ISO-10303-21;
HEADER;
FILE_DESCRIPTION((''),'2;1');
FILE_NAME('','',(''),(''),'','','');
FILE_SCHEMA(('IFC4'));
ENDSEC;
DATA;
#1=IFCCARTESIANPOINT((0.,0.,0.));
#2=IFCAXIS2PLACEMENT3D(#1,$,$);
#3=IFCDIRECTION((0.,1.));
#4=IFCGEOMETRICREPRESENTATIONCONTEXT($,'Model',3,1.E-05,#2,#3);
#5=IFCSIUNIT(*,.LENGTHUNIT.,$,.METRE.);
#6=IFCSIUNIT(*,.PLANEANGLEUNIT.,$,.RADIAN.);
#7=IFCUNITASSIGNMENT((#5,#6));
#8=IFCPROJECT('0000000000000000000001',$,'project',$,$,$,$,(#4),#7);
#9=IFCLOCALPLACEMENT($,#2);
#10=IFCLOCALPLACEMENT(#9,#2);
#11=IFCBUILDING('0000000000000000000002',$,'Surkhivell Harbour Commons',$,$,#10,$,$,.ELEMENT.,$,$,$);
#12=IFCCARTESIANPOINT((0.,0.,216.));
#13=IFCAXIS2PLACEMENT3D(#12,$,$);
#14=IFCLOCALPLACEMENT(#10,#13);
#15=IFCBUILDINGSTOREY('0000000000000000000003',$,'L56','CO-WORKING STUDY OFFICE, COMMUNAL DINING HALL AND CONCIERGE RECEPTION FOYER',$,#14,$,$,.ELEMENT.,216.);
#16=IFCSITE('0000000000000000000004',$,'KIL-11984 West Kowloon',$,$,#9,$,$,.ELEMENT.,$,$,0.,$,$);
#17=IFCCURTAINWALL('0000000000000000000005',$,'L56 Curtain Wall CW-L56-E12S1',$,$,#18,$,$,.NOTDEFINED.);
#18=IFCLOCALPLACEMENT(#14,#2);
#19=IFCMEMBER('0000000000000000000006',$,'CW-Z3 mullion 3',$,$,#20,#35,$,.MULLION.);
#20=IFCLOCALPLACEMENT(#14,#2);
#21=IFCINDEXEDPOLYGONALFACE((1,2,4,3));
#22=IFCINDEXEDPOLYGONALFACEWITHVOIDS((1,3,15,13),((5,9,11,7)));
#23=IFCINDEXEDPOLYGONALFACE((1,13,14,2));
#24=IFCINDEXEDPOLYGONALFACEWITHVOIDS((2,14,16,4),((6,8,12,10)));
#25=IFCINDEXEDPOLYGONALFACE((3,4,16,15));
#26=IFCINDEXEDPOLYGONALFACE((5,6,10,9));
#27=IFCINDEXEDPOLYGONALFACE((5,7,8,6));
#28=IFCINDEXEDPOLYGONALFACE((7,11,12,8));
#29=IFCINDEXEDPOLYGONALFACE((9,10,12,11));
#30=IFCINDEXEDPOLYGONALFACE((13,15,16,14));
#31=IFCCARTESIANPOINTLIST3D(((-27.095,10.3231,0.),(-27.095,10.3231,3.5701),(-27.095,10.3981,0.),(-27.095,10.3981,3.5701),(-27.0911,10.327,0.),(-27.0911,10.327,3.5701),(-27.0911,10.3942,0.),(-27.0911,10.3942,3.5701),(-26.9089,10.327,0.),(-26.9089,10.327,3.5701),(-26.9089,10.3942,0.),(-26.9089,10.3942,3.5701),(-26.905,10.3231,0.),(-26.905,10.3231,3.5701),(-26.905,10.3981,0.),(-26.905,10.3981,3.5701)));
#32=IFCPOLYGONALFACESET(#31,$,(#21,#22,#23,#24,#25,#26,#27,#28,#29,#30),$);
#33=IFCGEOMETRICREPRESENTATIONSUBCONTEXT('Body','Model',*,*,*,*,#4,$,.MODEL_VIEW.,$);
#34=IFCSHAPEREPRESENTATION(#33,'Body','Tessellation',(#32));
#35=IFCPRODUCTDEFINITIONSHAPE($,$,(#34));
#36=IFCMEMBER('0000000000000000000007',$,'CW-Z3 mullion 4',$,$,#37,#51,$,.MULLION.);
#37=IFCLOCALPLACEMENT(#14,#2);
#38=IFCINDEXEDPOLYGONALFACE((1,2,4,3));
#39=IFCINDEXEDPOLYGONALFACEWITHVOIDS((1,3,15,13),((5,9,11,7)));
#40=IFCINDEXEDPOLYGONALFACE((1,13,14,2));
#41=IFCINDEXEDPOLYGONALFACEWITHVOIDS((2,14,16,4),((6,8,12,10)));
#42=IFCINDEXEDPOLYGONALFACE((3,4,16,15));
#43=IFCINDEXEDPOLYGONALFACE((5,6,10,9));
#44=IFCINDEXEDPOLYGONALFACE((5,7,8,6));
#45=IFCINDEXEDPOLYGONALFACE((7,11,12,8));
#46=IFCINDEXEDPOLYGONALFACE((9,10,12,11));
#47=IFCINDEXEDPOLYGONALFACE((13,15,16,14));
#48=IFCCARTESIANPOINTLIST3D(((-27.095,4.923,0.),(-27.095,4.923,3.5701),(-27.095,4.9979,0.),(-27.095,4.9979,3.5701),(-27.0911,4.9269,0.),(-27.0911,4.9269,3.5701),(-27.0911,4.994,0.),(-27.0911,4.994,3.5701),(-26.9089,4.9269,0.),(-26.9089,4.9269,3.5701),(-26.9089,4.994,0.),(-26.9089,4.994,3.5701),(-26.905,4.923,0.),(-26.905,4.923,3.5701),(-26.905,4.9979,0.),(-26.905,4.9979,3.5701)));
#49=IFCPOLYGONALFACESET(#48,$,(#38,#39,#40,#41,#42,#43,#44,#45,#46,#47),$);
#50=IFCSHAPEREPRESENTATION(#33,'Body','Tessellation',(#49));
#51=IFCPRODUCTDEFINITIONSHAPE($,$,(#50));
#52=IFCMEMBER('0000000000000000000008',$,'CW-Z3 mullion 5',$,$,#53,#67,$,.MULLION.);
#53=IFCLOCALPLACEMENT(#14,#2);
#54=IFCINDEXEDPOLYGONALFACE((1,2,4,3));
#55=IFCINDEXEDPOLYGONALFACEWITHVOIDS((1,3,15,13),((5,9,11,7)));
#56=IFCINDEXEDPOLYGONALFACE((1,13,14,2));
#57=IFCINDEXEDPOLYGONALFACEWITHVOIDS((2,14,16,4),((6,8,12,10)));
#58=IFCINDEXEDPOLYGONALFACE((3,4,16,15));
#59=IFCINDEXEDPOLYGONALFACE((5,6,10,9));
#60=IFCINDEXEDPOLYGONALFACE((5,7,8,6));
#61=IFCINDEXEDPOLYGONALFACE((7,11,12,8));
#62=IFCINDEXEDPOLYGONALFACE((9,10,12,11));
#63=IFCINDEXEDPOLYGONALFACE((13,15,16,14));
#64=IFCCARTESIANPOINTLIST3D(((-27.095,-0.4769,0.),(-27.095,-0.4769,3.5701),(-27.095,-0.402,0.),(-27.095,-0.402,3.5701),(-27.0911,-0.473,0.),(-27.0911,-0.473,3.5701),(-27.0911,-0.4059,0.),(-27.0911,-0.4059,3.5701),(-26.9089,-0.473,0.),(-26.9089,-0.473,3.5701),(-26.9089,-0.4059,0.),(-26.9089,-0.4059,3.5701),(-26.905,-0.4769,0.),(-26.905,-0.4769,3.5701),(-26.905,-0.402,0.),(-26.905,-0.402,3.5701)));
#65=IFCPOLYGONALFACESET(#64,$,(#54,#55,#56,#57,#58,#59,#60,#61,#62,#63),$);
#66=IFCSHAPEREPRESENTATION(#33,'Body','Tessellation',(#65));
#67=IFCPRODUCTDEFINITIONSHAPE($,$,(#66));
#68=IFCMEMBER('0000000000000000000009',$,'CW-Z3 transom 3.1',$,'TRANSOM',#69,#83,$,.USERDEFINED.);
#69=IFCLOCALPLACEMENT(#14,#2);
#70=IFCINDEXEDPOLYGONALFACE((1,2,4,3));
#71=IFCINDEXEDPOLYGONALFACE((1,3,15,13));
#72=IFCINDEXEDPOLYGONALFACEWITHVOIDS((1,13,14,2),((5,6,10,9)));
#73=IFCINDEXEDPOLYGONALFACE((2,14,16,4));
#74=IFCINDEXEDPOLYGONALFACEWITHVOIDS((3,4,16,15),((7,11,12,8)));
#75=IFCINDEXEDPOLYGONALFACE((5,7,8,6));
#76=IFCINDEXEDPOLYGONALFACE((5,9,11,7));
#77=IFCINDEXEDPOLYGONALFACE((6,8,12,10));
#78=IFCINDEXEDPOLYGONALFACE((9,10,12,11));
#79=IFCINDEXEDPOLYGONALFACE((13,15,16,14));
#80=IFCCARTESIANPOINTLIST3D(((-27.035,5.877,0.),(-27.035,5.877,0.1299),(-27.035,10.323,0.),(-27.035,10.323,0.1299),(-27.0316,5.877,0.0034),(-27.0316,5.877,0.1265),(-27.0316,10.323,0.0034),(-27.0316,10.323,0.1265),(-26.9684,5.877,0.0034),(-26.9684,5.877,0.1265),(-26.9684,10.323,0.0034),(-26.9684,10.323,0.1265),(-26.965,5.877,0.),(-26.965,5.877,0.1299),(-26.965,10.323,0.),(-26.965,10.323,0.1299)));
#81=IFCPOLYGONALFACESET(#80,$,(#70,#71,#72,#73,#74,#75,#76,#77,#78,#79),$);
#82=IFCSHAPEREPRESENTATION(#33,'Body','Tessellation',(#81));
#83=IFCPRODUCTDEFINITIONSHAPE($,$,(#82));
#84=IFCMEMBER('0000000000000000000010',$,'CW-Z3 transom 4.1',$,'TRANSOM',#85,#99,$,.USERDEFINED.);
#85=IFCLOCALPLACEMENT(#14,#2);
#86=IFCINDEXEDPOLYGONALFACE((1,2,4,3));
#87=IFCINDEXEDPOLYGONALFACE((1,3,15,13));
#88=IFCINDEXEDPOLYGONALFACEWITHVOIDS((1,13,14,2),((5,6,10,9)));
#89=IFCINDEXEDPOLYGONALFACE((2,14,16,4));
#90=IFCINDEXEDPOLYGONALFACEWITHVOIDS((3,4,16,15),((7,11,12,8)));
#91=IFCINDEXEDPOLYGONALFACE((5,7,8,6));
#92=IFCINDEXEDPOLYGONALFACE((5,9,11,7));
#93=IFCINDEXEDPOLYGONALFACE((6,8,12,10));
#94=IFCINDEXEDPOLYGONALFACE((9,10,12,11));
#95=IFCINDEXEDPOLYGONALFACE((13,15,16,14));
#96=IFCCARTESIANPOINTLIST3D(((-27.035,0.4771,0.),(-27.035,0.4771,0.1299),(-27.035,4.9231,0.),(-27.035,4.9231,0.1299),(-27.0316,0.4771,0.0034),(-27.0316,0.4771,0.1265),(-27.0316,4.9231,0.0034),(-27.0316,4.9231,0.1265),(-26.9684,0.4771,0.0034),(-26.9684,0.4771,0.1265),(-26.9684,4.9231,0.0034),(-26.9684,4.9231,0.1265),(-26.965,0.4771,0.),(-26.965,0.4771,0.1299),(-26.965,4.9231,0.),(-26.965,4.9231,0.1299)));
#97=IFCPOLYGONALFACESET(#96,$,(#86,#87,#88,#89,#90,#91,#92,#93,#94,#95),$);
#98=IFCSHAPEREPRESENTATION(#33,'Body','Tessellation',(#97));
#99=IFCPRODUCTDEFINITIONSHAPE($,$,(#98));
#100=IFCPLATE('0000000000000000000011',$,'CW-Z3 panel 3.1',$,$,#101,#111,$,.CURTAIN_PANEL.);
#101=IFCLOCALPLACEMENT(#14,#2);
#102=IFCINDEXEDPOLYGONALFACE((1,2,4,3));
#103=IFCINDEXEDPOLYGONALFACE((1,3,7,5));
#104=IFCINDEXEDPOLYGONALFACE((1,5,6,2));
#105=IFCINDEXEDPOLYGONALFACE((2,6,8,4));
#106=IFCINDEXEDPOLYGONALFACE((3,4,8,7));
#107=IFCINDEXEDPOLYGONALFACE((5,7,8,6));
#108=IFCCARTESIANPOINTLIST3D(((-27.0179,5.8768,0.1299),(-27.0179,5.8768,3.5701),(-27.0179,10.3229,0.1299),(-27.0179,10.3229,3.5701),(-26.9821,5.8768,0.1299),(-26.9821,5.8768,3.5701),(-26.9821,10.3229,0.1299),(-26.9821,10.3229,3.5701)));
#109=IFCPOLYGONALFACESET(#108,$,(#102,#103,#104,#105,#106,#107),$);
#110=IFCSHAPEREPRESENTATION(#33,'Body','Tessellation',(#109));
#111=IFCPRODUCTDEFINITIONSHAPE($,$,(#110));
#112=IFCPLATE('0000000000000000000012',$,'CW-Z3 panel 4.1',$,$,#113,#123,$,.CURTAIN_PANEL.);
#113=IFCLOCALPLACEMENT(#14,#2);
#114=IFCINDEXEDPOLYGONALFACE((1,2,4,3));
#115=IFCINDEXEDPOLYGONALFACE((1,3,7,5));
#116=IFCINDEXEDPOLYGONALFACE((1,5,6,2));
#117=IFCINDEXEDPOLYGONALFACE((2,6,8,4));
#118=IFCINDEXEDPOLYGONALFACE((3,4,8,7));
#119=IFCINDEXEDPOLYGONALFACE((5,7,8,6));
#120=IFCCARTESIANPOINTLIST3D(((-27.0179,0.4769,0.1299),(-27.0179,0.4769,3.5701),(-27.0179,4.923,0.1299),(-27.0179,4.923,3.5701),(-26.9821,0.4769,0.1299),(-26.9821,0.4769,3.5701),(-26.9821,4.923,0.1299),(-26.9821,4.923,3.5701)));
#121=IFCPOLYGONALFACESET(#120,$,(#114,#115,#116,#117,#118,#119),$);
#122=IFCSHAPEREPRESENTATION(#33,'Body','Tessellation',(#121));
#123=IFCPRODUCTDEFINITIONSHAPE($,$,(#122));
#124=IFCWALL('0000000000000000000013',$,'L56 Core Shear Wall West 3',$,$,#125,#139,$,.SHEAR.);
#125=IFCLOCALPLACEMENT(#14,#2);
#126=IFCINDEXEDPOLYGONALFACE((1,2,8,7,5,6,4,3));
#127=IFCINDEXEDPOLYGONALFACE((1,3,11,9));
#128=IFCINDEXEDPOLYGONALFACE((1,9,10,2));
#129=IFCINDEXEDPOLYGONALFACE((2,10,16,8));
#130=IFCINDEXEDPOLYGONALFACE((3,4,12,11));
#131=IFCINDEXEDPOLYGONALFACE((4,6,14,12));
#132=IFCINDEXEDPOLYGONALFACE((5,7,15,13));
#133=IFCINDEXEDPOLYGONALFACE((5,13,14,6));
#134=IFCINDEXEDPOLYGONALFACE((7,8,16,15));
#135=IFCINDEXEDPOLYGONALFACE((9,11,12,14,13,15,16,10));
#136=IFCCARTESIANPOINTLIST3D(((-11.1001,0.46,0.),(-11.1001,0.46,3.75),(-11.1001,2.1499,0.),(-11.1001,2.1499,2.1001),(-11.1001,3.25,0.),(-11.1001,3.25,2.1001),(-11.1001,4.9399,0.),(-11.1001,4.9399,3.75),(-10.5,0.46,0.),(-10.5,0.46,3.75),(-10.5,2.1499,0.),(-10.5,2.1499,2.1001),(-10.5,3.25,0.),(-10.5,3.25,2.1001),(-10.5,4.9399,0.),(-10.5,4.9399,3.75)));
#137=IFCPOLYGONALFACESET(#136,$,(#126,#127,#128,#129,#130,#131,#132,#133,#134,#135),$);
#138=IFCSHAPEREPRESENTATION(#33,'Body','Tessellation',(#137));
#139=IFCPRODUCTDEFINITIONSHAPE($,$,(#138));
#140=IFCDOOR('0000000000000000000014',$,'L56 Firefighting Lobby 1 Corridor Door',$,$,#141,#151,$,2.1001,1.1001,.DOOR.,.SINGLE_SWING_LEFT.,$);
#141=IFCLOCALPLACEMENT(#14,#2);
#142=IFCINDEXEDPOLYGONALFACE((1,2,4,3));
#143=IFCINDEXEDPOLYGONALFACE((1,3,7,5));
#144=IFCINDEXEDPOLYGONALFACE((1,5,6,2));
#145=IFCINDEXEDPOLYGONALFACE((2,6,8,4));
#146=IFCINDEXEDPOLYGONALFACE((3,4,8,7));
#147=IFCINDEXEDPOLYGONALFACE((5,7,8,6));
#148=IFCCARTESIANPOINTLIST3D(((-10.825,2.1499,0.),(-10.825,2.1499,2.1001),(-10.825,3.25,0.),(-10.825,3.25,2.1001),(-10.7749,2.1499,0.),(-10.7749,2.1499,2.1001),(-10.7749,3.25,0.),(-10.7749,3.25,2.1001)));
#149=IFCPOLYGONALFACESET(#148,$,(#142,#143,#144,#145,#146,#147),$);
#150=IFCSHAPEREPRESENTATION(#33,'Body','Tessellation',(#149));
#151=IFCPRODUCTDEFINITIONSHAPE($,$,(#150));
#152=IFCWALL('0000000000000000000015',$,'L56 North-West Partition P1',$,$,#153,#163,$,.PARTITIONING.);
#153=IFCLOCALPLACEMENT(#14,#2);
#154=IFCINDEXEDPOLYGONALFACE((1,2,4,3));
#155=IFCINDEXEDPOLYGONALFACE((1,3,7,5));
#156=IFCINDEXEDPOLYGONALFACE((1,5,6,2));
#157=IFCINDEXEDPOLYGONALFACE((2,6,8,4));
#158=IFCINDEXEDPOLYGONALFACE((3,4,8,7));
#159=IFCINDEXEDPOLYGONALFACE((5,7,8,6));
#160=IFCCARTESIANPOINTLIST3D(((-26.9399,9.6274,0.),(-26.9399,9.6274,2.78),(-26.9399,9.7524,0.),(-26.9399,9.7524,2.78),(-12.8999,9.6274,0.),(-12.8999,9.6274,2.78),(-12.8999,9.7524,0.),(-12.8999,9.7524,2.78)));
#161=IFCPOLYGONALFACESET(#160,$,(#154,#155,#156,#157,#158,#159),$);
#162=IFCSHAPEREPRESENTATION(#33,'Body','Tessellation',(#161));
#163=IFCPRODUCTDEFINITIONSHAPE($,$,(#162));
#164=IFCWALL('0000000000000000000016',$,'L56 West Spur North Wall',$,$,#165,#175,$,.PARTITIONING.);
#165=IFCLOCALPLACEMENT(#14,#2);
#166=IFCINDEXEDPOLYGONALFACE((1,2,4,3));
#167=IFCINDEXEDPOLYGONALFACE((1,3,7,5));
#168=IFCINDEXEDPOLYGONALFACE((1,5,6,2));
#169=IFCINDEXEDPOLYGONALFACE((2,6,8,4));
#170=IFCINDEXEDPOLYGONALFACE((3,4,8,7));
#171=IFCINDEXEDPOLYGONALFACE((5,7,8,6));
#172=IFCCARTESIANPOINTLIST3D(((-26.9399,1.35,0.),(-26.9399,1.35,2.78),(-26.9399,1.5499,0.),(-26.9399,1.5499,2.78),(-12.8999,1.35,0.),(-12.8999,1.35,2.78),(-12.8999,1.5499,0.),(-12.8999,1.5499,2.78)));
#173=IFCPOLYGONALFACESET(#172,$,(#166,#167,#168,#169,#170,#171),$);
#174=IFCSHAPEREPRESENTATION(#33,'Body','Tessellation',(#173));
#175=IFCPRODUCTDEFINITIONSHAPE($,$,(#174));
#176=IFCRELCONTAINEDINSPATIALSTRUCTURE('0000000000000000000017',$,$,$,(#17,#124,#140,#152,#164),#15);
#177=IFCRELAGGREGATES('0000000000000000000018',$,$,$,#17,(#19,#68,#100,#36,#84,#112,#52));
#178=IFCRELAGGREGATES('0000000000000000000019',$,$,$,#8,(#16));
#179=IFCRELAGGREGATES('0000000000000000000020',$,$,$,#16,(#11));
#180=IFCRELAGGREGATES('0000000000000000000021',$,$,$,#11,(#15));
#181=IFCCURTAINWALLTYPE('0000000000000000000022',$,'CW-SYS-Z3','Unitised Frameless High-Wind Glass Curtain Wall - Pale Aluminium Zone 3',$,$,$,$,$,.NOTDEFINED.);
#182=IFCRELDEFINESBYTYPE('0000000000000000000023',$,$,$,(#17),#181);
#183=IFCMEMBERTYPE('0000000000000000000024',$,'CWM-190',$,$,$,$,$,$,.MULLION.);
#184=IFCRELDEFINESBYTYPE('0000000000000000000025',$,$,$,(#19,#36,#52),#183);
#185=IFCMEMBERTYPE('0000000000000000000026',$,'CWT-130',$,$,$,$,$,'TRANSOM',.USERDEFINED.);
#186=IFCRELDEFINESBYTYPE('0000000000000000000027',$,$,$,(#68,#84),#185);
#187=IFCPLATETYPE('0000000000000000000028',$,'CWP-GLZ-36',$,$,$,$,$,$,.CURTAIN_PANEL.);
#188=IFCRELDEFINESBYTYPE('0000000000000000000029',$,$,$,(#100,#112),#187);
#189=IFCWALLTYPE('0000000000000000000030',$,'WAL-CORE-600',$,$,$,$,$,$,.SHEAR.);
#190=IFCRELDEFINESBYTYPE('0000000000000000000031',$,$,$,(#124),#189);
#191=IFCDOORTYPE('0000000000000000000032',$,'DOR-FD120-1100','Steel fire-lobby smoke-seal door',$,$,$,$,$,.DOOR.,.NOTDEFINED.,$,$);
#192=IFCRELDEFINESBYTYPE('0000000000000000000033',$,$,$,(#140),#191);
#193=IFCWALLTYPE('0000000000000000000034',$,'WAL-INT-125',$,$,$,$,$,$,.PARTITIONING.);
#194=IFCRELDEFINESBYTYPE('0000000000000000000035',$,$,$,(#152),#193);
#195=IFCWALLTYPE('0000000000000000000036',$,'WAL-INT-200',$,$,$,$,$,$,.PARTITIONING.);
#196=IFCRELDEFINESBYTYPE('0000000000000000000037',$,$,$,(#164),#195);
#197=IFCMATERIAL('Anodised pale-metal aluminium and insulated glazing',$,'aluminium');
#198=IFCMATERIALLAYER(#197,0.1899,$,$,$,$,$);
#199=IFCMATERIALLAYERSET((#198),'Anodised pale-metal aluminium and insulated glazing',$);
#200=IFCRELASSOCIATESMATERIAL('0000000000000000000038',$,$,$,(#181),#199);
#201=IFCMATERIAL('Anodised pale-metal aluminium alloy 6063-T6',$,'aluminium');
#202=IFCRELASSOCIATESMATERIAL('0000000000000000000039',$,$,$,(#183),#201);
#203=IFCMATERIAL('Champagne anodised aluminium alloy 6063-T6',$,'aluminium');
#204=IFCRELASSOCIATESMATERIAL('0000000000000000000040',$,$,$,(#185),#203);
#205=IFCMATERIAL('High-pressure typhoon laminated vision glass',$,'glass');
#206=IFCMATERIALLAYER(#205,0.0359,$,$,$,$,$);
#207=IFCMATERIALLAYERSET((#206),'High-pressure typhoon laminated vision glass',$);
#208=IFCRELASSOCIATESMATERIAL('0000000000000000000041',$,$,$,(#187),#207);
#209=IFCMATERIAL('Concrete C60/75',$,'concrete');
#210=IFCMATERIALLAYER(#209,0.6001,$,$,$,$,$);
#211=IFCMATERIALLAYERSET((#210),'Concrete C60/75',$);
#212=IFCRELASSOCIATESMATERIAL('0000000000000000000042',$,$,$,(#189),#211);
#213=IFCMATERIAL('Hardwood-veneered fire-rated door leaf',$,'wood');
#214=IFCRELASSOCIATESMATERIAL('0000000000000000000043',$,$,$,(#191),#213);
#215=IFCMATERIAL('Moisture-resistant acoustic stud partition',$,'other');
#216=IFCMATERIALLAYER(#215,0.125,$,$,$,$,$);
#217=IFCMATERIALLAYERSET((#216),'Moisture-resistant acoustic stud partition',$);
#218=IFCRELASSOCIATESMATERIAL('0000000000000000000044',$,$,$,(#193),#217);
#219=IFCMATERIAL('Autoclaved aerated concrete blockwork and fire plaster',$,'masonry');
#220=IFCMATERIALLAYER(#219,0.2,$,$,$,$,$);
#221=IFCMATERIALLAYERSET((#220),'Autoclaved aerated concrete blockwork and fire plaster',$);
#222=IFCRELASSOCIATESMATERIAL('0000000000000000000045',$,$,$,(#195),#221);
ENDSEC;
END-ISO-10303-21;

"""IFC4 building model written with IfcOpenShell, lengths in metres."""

from ifc_helpers import new_model, si_unit, direction, frame, frame_2d, origin, origin_2d, place, context, subcontext, project, spatial, rectangle, hollow_rectangle, extrude, material, layer, layer_set, material_profile, profile_set, type_object, element, fill, aggregate, save


model = new_model("IFC4")

# Units and contexts
model_context = context("Model", 3, precision=1e-05, world=origin(), true_north=direction((0.0, 1.0)))
body_context = subcontext(model_context, "Body", "Model", "MODEL_VIEW")
ifc_project = project(units=[si_unit("LENGTHUNIT", "METRE"), si_unit("PLANEANGLEUNIT", "RADIAN")], contexts=[model_context])

# Site, building, storey
site_placement = place(None, origin())
site = spatial("IfcSite", under=ifc_project, at=site_placement, Name="KIL-11984 West Kowloon", CompositionType="ELEMENT", RefElevation=0.0)
building_placement = place(site_placement, origin())
building = spatial("IfcBuilding", under=site, at=building_placement, Name="Surkhivell Harbour Commons", CompositionType="ELEMENT")
storey_placement = place(building_placement, frame((0.0, 0.0, 216.0)))
storey = spatial("IfcBuildingStorey", under=building, at=storey_placement, Name="L56", Description="CO-WORKING STUDY OFFICE, COMMUNAL DINING HALL AND CONCIERGE RECEPTION FOYER", CompositionType="ELEMENT", Elevation=216.0)

# Shared definitions
ifc_material_1 = material(Name="Concrete C60/75", Category="concrete")

# Curtain wall, members, plates
ifc_material_2 = material(Name="Anodised pale-metal aluminium and insulated glazing", Category="aluminium")
ifc_layer_1 = layer(ifc_material_2, 0.1899)
ifc_layer_set_1 = layer_set([ifc_layer_1], Name="Anodised pale-metal aluminium and insulated glazing")
curtain_wall_type = type_object("IfcCurtainWallType", Name="CW-SYS-Z3", Description="Unitised Frameless High-Wind Glass Curtain Wall - Pale Aluminium Zone 3", PredefinedType="NOTDEFINED", material=ifc_layer_set_1)
curtain_wall_placement = place(storey_placement, origin())
curtain_wall = element("IfcCurtainWall", 1, at=curtain_wall_placement, inside=storey, type_object=curtain_wall_type, Name="L56 Curtain Wall CW-L56-E12S1", PredefinedType="NOTDEFINED")
ifc_material_3 = material(Name="Anodised pale-metal aluminium alloy 6063-T6", Category="aluminium")
ifc_material_profile_1 = material_profile(ifc_material_3, hollow_rectangle(XDim=0.075, YDim=0.1899, WallThickness=0.0039, at=origin_2d()), Name="ALU-MULL-75x190")
ifc_profile_set_1 = profile_set([ifc_material_profile_1], Name="Anodised pale-metal aluminium alloy 6063-T6")
member_type_1 = type_object("IfcMemberType", Name="CWM-190", PredefinedType="MULLION", material=ifc_profile_set_1)
member_1_placement = place(storey_placement, frame((-27.0, 10.3606, 0.0), z_axis=(0.0, 0.0, 1.0), x_axis=(0.0, -1.0, 0.0)))
member_1 = element("IfcMember", 2, at=member_1_placement, type_object=member_type_1, Name="CW-Z3 mullion 3", PredefinedType="MULLION", context=body_context, shape_type="SweptSolid", body=[
    extrude(hollow_rectangle(XDim=0.075, YDim=0.1899, WallThickness=0.0039, at=origin_2d()), origin(), (0.0, 0.0, 1.0), 3.5701),
])
member_2_placement = place(storey_placement, frame((-27.0, 4.9604, 0.0), z_axis=(0.0, 0.0, 1.0), x_axis=(0.0, -1.0, 0.0)))
member_2 = element("IfcMember", 3, at=member_2_placement, type_object=member_type_1, Name="CW-Z3 mullion 4", PredefinedType="MULLION", context=body_context, shape_type="SweptSolid", body=[
    extrude(hollow_rectangle(XDim=0.075, YDim=0.1899, WallThickness=0.0039, at=origin_2d()), origin(), (0.0, 0.0, 1.0), 3.5701),
])
member_3_placement = place(storey_placement, frame((-27.0, -0.4395, 0.0), z_axis=(0.0, 0.0, 1.0), x_axis=(0.0, -1.0, 0.0)))
member_3 = element("IfcMember", 4, at=member_3_placement, type_object=member_type_1, Name="CW-Z3 mullion 5", PredefinedType="MULLION", context=body_context, shape_type="SweptSolid", body=[
    extrude(hollow_rectangle(XDim=0.075, YDim=0.1899, WallThickness=0.0039, at=origin_2d()), origin(), (0.0, 0.0, 1.0), 3.5701),
])
ifc_material_4 = material(Name="Champagne anodised aluminium alloy 6063-T6", Category="aluminium")
ifc_material_profile_2 = material_profile(ifc_material_4, hollow_rectangle(XDim=0.0701, YDim=0.1299, WallThickness=0.0034, at=origin_2d()), Name="ALU-TRAN-70x130")
ifc_profile_set_2 = profile_set([ifc_material_profile_2], Name="Champagne anodised aluminium alloy 6063-T6")
member_type_2 = type_object("IfcMemberType", Name="CWT-130", ElementType="TRANSOM", PredefinedType="USERDEFINED", material=ifc_profile_set_2)
member_4_placement = place(storey_placement, frame((-27.0, 10.323, 0.0649), z_axis=(0.0, -1.0, 0.0), x_axis=(1.0, 0.0, 0.0)))
member_4 = element("IfcMember", 5, at=member_4_placement, type_object=member_type_2, Name="CW-Z3 transom 3.1", ObjectType="TRANSOM", PredefinedType="USERDEFINED", context=body_context, shape_type="SweptSolid", body=[
    extrude(hollow_rectangle(XDim=0.0701, YDim=0.1299, WallThickness=0.0034, at=origin_2d()), origin(), (0.0, 0.0, 1.0), 4.446),
])
member_5_placement = place(storey_placement, frame((-27.0, 4.9231, 0.0649), z_axis=(0.0, -1.0, 0.0), x_axis=(1.0, 0.0, 0.0)))
member_5 = element("IfcMember", 6, at=member_5_placement, type_object=member_type_2, Name="CW-Z3 transom 4.1", ObjectType="TRANSOM", PredefinedType="USERDEFINED", context=body_context, shape_type="SweptSolid", body=[
    extrude(hollow_rectangle(XDim=0.0701, YDim=0.1299, WallThickness=0.0034, at=origin_2d()), origin(), (0.0, 0.0, 1.0), 4.446),
])
ifc_material_5 = material(Name="High-pressure typhoon laminated vision glass", Category="glass")
ifc_layer_2 = layer(ifc_material_5, 0.0359)
ifc_layer_set_2 = layer_set([ifc_layer_2], Name="High-pressure typhoon laminated vision glass")
plate_type = type_object("IfcPlateType", Name="CWP-GLZ-36", PredefinedType="CURTAIN_PANEL", material=ifc_layer_set_2)
plate_1_placement = place(storey_placement, frame((-27.0, 10.323, 0.1299), z_axis=(0.0, 0.0, 1.0), x_axis=(0.0, -1.0, 0.0)))
plate_1 = element("IfcPlate", 7, at=plate_1_placement, type_object=plate_type, Name="CW-Z3 panel 3.1", PredefinedType="CURTAIN_PANEL", context=body_context, shape_type="SweptSolid", body=[
    extrude(rectangle(XDim=4.446, YDim=0.0359, at=frame_2d((2.2231, 0.0))), origin(), (0.0, 0.0, 1.0), 3.4402),
])
plate_2_placement = place(storey_placement, frame((-27.0, 4.9231, 0.1299), z_axis=(0.0, 0.0, 1.0), x_axis=(0.0, -1.0, 0.0)))
plate_2 = element("IfcPlate", 8, at=plate_2_placement, type_object=plate_type, Name="CW-Z3 panel 4.1", PredefinedType="CURTAIN_PANEL", context=body_context, shape_type="SweptSolid", body=[
    extrude(rectangle(XDim=4.446, YDim=0.0359, at=frame_2d((2.2231, 0.0))), origin(), (0.0, 0.0, 1.0), 3.4402),
])
aggregate(curtain_wall, [member_1, member_4, plate_1, member_2, member_5, plate_2, member_3])

# Wall, opening, door
ifc_layer_3 = layer(ifc_material_1, 0.6001)
ifc_layer_set_3 = layer_set([ifc_layer_3], Name="Concrete C60/75")
wall_type_1 = type_object("IfcWallType", Name="WAL-CORE-600", PredefinedType="SHEAR", material=ifc_layer_set_3)
wall_1_placement = place(storey_placement, frame((-10.8, 0.46, 0.0), z_axis=(0.0, 0.0, 1.0), x_axis=(0.0, 1.0, 0.0)))
wall_1 = element("IfcWall", 9, at=wall_1_placement, inside=storey, type_object=wall_type_1, Name="L56 Core Shear Wall West 3", PredefinedType="SHEAR", context=body_context, shape_type="SweptSolid", body=[
    extrude(rectangle(XDim=4.48, YDim=0.6001, at=frame_2d((2.24, 0.0))), origin(), (0.0, 0.0, 1.0), 3.75),
])
opening_1_placement = place(wall_1_placement, frame((1.6899, 0.0, 0.0)))
opening_1 = element("IfcOpeningElement", 10, at=opening_1_placement, cuts=wall_1, PredefinedType="OPENING", context=body_context, shape_type="SweptSolid", body=[
    extrude(rectangle(XDim=1.1001, YDim=2.1001, at=frame_2d((0.55, 1.05))), frame((0.0, 0.3101, 0.0), z_axis=(0.0, -1.0, 0.0), x_axis=(1.0, 0.0, 0.0)), (0.0, 0.0, 1.0), 0.6201),
])
ifc_material_6 = material(Name="Hardwood-veneered fire-rated door leaf", Category="wood")
door_type_1 = type_object("IfcDoorType", Name="DOR-FD120-1100", Description="Steel fire-lobby smoke-seal door", OperationType="NOTDEFINED", PredefinedType="DOOR", material=ifc_material_6)
door_1_placement = place(opening_1_placement, origin())
door_1 = element("IfcDoor", 11, at=door_1_placement, inside=storey, type_object=door_type_1, Name="L56 Firefighting Lobby 1 Corridor Door", OperationType="SINGLE_SWING_LEFT", OverallHeight=2.1001, OverallWidth=1.1001, PredefinedType="DOOR", context=body_context, shape_type="SweptSolid", body=[
    extrude(rectangle(XDim=1.1001, YDim=2.1001, at=frame_2d((0.55, 1.05))), frame((0.0, 0.0249, 0.0), z_axis=(0.0, -1.0, 0.0), x_axis=(1.0, 0.0, 0.0)), (0.0, 0.0, 1.0), 0.05),
])
fill(opening_1, door_1)

# Walls
ifc_material_7 = material(Name="Moisture-resistant acoustic stud partition", Category="other")
ifc_layer_4 = layer(ifc_material_7, 0.125)
ifc_layer_set_4 = layer_set([ifc_layer_4], Name="Moisture-resistant acoustic stud partition")
wall_type_2 = type_object("IfcWallType", Name="WAL-INT-125", PredefinedType="PARTITIONING", material=ifc_layer_set_4)
wall_2_placement = place(storey_placement, frame((-26.9399, 9.6899, 0.0), z_axis=(0.0, 0.0, 1.0), x_axis=(1.0, 0.0, 0.0)))
element("IfcWall", 12, at=wall_2_placement, inside=storey, type_object=wall_type_2, Name="L56 North-West Partition P1", PredefinedType="PARTITIONING", context=body_context, shape_type="SweptSolid", body=[
    extrude(rectangle(XDim=14.04, YDim=0.125, at=frame_2d((7.02, 0.0))), origin(), (0.0, 0.0, 1.0), 2.78),
])
ifc_material_8 = material(Name="Autoclaved aerated concrete blockwork and fire plaster", Category="masonry")
ifc_layer_5 = layer(ifc_material_8, 0.2)
ifc_layer_set_5 = layer_set([ifc_layer_5], Name="Autoclaved aerated concrete blockwork and fire plaster")
wall_type_3 = type_object("IfcWallType", Name="WAL-INT-200", PredefinedType="PARTITIONING", material=ifc_layer_set_5)
for number, where, z_axis, x_axis, name in (
    (13, (-26.9399, 1.45, 0.0), (0.0, 0.0, 1.0), (1.0, 0.0, 0.0), "L56 West Spur North Wall"),
):
    element("IfcWall", number, at=place(storey_placement, frame(where, z_axis=z_axis, x_axis=x_axis)), inside=storey, type_object=wall_type_3, Name=name, PredefinedType="PARTITIONING", context=body_context, shape_type="SweptSolid", body=[
        extrude(rectangle(XDim=14.04, YDim=0.2, at=frame_2d((7.02, 0.0))), origin(), (0.0, 0.0, 1.0), 2.78),
    ])

save(model, "model.ifc")
